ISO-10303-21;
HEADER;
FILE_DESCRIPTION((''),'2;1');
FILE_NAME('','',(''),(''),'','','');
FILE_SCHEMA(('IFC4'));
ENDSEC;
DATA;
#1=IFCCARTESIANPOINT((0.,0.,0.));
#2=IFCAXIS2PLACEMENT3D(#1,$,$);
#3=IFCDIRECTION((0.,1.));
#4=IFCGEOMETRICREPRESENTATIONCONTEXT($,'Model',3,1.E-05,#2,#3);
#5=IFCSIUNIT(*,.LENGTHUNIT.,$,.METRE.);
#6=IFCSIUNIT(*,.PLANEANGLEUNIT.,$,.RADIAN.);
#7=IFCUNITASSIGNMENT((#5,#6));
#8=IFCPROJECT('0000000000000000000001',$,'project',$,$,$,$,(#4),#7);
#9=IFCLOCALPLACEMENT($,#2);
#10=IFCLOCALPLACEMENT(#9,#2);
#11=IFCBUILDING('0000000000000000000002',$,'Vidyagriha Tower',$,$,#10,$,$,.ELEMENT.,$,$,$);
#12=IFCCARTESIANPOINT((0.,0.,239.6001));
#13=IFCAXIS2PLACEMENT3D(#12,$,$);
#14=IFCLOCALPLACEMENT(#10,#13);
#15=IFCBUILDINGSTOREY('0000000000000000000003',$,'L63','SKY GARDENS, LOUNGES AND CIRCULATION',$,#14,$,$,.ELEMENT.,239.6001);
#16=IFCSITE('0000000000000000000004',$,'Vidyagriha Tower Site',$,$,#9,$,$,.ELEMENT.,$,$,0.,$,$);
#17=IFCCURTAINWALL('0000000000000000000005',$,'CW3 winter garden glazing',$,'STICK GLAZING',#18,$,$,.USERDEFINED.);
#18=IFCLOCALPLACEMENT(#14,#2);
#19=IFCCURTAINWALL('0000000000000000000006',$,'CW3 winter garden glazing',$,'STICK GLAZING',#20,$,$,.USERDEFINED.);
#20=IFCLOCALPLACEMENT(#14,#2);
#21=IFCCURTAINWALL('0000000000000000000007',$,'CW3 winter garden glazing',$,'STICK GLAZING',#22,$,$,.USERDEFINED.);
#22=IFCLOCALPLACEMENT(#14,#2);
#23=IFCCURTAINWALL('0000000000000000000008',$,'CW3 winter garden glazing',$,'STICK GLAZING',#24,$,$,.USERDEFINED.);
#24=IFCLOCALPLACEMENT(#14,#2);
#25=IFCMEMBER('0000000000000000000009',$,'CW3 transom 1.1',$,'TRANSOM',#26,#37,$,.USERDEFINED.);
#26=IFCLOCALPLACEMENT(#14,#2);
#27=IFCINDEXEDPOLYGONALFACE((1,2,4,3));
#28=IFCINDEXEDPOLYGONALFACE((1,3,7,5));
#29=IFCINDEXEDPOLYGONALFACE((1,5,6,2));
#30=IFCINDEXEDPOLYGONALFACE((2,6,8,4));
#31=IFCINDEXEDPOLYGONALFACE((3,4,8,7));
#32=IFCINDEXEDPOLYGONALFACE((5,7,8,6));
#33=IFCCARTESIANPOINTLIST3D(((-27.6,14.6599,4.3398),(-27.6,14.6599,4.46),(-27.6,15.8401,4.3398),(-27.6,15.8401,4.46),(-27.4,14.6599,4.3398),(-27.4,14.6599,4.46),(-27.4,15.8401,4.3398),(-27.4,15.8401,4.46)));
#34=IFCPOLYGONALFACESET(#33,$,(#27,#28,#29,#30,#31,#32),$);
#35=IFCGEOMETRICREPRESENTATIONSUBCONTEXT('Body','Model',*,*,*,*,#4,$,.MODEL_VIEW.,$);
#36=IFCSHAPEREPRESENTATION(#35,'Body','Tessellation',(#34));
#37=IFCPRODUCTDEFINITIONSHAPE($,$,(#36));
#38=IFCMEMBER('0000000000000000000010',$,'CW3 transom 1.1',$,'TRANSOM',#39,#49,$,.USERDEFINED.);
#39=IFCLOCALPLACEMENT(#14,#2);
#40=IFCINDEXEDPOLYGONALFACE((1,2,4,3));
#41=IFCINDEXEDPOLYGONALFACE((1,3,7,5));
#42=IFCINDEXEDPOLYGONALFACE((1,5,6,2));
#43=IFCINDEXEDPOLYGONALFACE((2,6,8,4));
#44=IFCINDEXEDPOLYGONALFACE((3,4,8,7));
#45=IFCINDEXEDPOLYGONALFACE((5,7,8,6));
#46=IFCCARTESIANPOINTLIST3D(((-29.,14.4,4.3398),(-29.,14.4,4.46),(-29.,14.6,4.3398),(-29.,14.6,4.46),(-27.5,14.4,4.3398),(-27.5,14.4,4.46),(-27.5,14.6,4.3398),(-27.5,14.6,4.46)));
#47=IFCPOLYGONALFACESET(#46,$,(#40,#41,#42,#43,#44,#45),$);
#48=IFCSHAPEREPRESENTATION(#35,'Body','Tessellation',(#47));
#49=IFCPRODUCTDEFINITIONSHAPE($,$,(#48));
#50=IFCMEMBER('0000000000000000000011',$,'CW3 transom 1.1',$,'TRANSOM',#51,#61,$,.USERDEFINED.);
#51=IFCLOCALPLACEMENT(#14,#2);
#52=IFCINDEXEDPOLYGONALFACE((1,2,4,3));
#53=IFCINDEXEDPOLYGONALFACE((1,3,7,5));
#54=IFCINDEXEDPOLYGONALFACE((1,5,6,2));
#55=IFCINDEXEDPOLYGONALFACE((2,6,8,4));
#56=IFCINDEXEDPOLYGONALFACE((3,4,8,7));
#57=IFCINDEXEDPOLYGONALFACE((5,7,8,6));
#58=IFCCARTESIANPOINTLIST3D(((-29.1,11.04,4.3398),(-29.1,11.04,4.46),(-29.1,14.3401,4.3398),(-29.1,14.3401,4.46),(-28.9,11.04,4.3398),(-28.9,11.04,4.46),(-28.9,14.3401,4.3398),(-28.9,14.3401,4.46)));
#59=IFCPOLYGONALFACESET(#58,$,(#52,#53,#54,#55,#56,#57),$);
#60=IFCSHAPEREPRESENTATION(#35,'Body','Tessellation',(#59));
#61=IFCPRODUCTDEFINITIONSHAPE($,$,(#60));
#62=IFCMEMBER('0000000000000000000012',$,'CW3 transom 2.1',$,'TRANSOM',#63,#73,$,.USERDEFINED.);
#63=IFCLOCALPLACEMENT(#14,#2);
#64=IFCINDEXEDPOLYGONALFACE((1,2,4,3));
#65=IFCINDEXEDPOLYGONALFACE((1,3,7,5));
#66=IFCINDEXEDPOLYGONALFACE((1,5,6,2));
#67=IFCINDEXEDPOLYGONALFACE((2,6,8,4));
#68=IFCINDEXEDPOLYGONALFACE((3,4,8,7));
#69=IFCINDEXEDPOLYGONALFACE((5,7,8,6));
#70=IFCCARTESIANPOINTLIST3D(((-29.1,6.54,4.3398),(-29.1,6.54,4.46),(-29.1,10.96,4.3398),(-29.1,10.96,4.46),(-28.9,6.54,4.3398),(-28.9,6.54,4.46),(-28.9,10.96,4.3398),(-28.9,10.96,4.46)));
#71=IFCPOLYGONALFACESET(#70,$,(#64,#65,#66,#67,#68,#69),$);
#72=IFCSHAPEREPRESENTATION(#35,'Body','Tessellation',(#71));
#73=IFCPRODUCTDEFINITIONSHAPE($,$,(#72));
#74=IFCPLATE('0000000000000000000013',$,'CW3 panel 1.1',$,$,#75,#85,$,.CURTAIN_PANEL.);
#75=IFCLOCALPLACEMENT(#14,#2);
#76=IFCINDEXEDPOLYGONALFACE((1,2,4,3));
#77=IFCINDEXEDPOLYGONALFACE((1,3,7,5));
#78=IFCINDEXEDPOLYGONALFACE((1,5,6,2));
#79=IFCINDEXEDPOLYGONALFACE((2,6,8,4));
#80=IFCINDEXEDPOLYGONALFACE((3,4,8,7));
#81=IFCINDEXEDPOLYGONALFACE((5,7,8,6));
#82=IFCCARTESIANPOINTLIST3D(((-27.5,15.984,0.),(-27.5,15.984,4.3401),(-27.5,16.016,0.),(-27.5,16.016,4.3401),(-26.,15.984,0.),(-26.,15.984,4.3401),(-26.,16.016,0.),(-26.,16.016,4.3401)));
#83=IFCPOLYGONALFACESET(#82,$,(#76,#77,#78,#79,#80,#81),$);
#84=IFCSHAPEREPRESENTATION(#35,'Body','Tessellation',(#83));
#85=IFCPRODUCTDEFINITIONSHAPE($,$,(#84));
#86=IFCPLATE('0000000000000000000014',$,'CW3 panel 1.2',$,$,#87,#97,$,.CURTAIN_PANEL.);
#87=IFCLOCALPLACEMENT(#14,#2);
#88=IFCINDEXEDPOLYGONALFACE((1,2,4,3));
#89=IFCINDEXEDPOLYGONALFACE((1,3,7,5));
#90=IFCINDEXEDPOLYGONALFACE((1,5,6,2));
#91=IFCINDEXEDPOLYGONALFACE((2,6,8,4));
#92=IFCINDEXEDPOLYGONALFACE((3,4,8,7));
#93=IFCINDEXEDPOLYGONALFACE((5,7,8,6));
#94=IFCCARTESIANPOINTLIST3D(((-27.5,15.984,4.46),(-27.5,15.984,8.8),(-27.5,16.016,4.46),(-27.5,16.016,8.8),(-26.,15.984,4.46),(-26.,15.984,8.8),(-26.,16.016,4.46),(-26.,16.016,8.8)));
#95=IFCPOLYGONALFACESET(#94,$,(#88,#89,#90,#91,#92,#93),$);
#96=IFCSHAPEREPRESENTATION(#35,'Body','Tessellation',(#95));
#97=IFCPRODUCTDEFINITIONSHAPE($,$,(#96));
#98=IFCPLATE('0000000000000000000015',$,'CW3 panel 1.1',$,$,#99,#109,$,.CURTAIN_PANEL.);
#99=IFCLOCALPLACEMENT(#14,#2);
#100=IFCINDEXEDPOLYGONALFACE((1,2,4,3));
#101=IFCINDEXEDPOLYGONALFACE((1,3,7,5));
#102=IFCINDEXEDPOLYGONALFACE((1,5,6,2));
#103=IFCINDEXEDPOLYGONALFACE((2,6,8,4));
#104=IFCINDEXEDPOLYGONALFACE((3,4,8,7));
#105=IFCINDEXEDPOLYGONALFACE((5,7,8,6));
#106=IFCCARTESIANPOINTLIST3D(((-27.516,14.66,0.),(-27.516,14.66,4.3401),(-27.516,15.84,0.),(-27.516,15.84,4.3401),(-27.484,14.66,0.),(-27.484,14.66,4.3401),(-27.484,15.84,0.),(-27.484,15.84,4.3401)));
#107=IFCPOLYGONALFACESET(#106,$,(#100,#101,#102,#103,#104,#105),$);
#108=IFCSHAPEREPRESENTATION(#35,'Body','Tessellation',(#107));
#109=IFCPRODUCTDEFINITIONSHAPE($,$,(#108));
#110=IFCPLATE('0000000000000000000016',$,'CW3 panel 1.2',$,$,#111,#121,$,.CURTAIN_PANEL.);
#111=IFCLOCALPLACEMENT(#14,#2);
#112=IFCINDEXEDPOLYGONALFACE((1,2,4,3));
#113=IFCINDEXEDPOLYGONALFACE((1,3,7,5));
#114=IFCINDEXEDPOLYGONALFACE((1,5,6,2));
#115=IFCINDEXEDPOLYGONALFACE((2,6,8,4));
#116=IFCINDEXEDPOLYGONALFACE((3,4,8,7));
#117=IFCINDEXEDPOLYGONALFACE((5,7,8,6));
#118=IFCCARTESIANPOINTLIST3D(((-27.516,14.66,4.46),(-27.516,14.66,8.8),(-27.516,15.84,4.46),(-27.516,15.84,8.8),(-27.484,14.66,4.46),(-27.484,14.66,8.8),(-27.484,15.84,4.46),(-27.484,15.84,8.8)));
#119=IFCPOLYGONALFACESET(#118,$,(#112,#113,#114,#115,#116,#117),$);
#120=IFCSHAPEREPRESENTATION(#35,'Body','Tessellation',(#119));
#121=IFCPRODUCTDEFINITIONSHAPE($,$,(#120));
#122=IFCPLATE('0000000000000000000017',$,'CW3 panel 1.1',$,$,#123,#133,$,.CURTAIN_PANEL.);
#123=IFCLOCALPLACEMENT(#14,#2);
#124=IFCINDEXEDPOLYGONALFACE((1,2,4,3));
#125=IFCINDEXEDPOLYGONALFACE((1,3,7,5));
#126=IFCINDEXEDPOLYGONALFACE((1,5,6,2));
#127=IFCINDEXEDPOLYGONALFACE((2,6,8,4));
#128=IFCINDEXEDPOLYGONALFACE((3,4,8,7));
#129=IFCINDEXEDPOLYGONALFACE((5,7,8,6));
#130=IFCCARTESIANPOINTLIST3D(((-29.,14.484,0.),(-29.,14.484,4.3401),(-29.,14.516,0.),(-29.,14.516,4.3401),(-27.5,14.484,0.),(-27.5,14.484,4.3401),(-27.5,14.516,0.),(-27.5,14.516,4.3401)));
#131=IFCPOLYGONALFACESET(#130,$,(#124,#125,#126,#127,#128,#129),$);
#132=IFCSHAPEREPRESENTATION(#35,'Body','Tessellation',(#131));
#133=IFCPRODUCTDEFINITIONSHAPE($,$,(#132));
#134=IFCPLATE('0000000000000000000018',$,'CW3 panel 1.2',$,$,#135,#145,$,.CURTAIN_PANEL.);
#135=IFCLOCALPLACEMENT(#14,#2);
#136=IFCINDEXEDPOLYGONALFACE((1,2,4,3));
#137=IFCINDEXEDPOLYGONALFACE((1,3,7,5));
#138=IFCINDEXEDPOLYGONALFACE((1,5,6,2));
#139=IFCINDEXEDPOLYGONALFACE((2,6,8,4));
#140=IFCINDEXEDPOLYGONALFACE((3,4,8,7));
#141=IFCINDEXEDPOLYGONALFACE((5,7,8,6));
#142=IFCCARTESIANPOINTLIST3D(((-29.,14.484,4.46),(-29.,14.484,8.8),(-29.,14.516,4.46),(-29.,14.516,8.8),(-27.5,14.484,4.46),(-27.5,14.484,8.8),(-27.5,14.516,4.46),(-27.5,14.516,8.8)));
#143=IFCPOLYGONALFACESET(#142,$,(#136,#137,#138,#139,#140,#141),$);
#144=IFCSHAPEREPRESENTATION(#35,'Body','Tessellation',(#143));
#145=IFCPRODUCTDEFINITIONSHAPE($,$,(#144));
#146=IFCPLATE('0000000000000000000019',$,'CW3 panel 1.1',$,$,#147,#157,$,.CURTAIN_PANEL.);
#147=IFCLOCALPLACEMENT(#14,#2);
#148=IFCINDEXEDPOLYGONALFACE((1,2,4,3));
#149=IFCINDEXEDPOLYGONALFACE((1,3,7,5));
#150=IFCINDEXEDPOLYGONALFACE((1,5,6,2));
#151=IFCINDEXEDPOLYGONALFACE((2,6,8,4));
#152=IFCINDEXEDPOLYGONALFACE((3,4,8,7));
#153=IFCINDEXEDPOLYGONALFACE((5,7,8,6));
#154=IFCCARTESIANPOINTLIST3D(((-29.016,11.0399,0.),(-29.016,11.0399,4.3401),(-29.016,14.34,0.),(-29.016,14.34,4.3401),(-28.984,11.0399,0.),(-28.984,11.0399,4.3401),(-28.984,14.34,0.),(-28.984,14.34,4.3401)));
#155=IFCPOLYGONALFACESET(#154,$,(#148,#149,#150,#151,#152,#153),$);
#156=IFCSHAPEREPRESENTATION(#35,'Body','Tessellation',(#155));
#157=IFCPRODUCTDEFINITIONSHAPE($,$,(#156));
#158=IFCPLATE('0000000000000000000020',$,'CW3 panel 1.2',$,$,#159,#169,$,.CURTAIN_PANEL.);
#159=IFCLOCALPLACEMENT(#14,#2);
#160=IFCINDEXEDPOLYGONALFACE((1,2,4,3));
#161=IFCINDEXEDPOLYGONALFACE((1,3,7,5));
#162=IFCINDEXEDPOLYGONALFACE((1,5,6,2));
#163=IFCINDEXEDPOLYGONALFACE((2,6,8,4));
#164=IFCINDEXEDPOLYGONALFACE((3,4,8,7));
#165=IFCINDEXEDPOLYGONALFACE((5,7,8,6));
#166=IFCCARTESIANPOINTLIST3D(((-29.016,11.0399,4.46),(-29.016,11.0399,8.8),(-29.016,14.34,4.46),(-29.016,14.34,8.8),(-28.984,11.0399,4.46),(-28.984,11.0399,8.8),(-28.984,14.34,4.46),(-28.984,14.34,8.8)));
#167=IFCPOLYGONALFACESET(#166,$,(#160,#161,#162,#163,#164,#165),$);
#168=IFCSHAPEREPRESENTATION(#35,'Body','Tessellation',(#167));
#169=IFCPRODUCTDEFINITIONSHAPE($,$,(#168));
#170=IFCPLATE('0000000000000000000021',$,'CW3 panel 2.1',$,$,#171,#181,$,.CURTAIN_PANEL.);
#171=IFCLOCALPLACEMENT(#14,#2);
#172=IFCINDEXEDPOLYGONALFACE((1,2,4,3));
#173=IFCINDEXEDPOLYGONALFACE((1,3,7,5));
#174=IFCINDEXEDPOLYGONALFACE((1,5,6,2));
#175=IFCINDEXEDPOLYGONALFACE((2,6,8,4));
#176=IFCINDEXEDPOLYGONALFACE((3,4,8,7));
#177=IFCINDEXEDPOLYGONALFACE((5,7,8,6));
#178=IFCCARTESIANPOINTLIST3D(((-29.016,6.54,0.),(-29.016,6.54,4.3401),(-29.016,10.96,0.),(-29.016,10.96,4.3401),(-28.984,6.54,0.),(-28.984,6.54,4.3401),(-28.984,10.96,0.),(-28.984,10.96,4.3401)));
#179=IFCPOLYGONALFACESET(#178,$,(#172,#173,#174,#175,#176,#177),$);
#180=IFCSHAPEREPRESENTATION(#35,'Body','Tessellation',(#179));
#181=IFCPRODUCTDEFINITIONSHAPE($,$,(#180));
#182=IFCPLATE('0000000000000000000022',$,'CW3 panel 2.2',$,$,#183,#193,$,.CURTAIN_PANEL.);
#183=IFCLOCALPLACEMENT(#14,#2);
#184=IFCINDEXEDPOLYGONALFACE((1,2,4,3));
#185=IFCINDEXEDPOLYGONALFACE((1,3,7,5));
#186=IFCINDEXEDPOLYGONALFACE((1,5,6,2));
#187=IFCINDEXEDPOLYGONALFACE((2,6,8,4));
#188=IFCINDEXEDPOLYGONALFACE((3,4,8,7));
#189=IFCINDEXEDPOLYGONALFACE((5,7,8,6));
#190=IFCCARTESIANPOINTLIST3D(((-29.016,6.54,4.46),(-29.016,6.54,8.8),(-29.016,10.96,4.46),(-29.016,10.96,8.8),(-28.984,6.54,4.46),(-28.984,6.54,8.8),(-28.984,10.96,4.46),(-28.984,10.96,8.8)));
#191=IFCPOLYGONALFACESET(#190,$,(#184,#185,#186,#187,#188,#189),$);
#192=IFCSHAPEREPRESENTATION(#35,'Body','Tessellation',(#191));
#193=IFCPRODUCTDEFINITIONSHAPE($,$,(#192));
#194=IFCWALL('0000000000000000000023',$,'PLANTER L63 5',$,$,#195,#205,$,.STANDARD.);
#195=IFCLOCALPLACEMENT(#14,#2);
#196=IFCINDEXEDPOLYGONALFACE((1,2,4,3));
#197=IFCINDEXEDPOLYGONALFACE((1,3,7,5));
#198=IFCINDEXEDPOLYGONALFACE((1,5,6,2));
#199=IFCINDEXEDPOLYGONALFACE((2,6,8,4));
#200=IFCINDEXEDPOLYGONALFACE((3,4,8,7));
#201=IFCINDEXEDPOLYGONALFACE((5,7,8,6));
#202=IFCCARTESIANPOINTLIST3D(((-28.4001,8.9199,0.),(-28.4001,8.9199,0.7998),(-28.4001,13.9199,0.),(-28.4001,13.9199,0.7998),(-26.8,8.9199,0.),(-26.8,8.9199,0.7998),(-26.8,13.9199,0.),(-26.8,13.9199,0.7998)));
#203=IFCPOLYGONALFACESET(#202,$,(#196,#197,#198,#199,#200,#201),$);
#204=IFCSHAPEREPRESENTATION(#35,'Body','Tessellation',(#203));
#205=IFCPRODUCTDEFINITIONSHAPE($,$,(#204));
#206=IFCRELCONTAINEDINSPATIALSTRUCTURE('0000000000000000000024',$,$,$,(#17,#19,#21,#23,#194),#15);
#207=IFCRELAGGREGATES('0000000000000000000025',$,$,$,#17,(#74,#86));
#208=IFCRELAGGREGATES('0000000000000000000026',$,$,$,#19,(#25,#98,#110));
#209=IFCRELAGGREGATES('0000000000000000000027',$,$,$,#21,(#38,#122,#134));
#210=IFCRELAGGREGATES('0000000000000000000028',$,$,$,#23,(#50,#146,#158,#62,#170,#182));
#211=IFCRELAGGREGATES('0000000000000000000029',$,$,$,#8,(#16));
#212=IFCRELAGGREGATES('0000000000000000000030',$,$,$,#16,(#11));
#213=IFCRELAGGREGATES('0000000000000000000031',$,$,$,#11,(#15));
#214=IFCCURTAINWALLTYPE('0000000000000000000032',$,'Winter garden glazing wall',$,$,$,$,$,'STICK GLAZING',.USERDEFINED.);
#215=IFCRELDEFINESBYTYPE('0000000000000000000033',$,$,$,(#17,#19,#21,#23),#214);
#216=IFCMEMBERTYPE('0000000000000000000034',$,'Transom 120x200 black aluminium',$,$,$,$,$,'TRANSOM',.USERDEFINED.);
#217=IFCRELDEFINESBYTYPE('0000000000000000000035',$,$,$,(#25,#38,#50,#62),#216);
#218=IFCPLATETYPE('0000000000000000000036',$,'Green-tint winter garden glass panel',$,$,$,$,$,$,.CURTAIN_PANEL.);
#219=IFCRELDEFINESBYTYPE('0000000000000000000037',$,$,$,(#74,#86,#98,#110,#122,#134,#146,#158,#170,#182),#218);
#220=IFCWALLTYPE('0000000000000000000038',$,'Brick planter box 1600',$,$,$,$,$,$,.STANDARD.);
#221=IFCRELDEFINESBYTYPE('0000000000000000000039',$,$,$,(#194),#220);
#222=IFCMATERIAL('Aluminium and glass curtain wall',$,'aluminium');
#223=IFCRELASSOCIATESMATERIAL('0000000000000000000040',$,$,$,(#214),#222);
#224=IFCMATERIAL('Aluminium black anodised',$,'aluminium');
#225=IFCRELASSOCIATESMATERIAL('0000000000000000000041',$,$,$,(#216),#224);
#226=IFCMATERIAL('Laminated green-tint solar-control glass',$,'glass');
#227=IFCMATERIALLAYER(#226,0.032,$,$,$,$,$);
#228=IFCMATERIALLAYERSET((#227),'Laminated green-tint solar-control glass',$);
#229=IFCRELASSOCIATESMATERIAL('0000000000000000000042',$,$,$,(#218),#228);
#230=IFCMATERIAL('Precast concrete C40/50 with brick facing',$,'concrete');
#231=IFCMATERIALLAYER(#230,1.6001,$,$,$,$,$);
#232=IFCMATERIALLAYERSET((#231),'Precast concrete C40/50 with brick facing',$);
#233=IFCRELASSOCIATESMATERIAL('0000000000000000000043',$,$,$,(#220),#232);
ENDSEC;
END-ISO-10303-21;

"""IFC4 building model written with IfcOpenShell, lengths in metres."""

from ifc_helpers import new_model, si_unit, direction, frame, frame_2d, origin, origin_2d, place, context, subcontext, project, spatial, rectangle, extrude, material, layer, layer_set, material_profile, profile_set, type_object, element, aggregate, save


model = new_model("IFC4")

# Units and contexts
model_context = context("Model", 3, precision=1e-05, world=origin(), true_north=direction((0.0, 1.0)))
body_context = subcontext(model_context, "Body", "Model", "MODEL_VIEW")
ifc_project = project(units=[si_unit("LENGTHUNIT", "METRE"), si_unit("PLANEANGLEUNIT", "RADIAN")], contexts=[model_context])

# Site, building, storey
site_placement = place(None, origin())
site = spatial("IfcSite", under=ifc_project, at=site_placement, Name="Vidyagriha Tower Site", CompositionType="ELEMENT", RefElevation=0.0)
building_placement = place(site_placement, origin())
building = spatial("IfcBuilding", under=site, at=building_placement, Name="Vidyagriha Tower", CompositionType="ELEMENT")
storey_placement = place(building_placement, frame((0.0, 0.0, 239.6001)))
storey = spatial("IfcBuildingStorey", under=building, at=storey_placement, Name="L63", Description="SKY GARDENS, LOUNGES AND CIRCULATION", CompositionType="ELEMENT", Elevation=239.6001)

# Curtain wall
ifc_material_1 = material(Name="Aluminium and glass curtain wall", Category="aluminium")
curtain_wall_type = type_object("IfcCurtainWallType", Name="Winter garden glazing wall", ElementType="STICK GLAZING", PredefinedType="USERDEFINED", material=ifc_material_1)
curtain_wall_1_placement = place(storey_placement, origin())
curtain_wall_1 = element("IfcCurtainWall", 1, at=curtain_wall_1_placement, inside=storey, type_object=curtain_wall_type, Name="CW3 winter garden glazing", ObjectType="STICK GLAZING", PredefinedType="USERDEFINED")

# Curtain walls
curtain_wall_2_placement = place(storey_placement, origin())
curtain_wall_2 = element("IfcCurtainWall", 2, at=curtain_wall_2_placement, inside=storey, type_object=curtain_wall_type, Name="CW3 winter garden glazing", ObjectType="STICK GLAZING", PredefinedType="USERDEFINED")
curtain_wall_3_placement = place(storey_placement, origin())
curtain_wall_3 = element("IfcCurtainWall", 3, at=curtain_wall_3_placement, inside=storey, type_object=curtain_wall_type, Name="CW3 winter garden glazing", ObjectType="STICK GLAZING", PredefinedType="USERDEFINED")
curtain_wall_4_placement = place(storey_placement, origin())
curtain_wall_4 = element("IfcCurtainWall", 4, at=curtain_wall_4_placement, inside=storey, type_object=curtain_wall_type, Name="CW3 winter garden glazing", ObjectType="STICK GLAZING", PredefinedType="USERDEFINED")

# Members
ifc_material_2 = material(Name="Aluminium black anodised", Category="aluminium")
ifc_material_profile_1 = material_profile(ifc_material_2, rectangle(XDim=0.2, YDim=0.1201, at=origin_2d()), Name="Transom 120x200 black aluminium")
ifc_profile_set_1 = profile_set([ifc_material_profile_1], Name="Aluminium black anodised")
member_type_1 = type_object("IfcMemberType", Name="Transom 120x200 black aluminium", ElementType="TRANSOM", PredefinedType="USERDEFINED", material=ifc_profile_set_1)
member_1_placement = place(storey_placement, frame((-27.5, 15.8401, 4.3999), z_axis=(0.0, -1.0, 0.0), x_axis=(1.0, 0.0, 0.0)))
member_1 = element("IfcMember", 5, at=member_1_placement, type_object=member_type_1, Name="CW3 transom 1.1", ObjectType="TRANSOM", PredefinedType="USERDEFINED", context=body_context, shape_type="SweptSolid", body=[
    extrude(rectangle(XDim=0.2, YDim=0.1201, at=origin_2d()), origin(), (0.0, 0.0, 1.0), 1.1802),
])
member_2_placement = place(storey_placement, frame((-27.5, 14.5, 4.3999), z_axis=(-1.0, 0.0, 0.0), x_axis=(0.0, -1.0, 0.0)))
member_2 = element("IfcMember", 6, at=member_2_placement, type_object=member_type_1, Name="CW3 transom 1.1", ObjectType="TRANSOM", PredefinedType="USERDEFINED", context=body_context, shape_type="SweptSolid", body=[
    extrude(rectangle(XDim=0.2, YDim=0.1201, at=origin_2d()), origin(), (0.0, 0.0, 1.0), 1.5),
])
member_3_placement = place(storey_placement, frame((-29.0, 14.3401, 4.3999), z_axis=(0.0, -1.0, 0.0), x_axis=(1.0, 0.0, 0.0)))
member_3 = element("IfcMember", 7, at=member_3_placement, type_object=member_type_1, Name="CW3 transom 1.1", ObjectType="TRANSOM", PredefinedType="USERDEFINED", context=body_context, shape_type="SweptSolid", body=[
    extrude(rectangle(XDim=0.2, YDim=0.1201, at=origin_2d()), origin(), (0.0, 0.0, 1.0), 3.3),
])
member_4_placement = place(storey_placement, frame((-29.0, 10.96, 4.3999), z_axis=(0.0, -1.0, 0.0), x_axis=(1.0, 0.0, 0.0)))
member_4 = element("IfcMember", 8, at=member_4_placement, type_object=member_type_1, Name="CW3 transom 2.1", ObjectType="TRANSOM", PredefinedType="USERDEFINED", context=body_context, shape_type="SweptSolid", body=[
    extrude(rectangle(XDim=0.2, YDim=0.1201, at=origin_2d()), origin(), (0.0, 0.0, 1.0), 4.4199),
])

# Plates
ifc_material_3 = material(Name="Laminated green-tint solar-control glass", Category="glass")
ifc_layer_1 = layer(ifc_material_3, 0.032)
ifc_layer_set_1 = layer_set([ifc_layer_1], Name="Laminated green-tint solar-control glass")
plate_type = type_object("IfcPlateType", Name="Green-tint winter garden glass panel", PredefinedType="CURTAIN_PANEL", material=ifc_layer_set_1)
plate_1_placement = place(storey_placement, frame((-26.75, 16.0, 0.0), z_axis=(0.0, 0.0, 1.0), x_axis=(-1.0, 0.0, 0.0)))
plate_1 = element("IfcPlate", 9, at=plate_1_placement, type_object=plate_type, Name="CW3 panel 1.1", PredefinedType="CURTAIN_PANEL", context=body_context, shape_type="SweptSolid", body=[
    extrude(rectangle(XDim=1.5, YDim=0.032, at=origin_2d()), origin(), (0.0, 0.0, 1.0), 4.3401),
])
plate_2_placement = place(storey_placement, frame((-26.75, 16.0, 4.46), z_axis=(0.0, 0.0, 1.0), x_axis=(-1.0, 0.0, 0.0)))
plate_2 = element("IfcPlate", 10, at=plate_2_placement, type_object=plate_type, Name="CW3 panel 1.2", PredefinedType="CURTAIN_PANEL", context=body_context, shape_type="SweptSolid", body=[
    extrude(rectangle(XDim=1.5, YDim=0.032, at=origin_2d()), origin(), (0.0, 0.0, 1.0), 4.3401),
])
aggregate(curtain_wall_1, [plate_1, plate_2])
plate_3_placement = place(storey_placement, frame((-27.5, 15.25, 0.0), z_axis=(0.0, 0.0, 1.0), x_axis=(0.0, -1.0, 0.0)))
plate_3 = element("IfcPlate", 11, at=plate_3_placement, type_object=plate_type, Name="CW3 panel 1.1", PredefinedType="CURTAIN_PANEL", context=body_context, shape_type="SweptSolid", body=[
    extrude(rectangle(XDim=1.1799, YDim=0.032, at=origin_2d()), origin(), (0.0, 0.0, 1.0), 4.3401),
])
plate_4_placement = place(storey_placement, frame((-27.5, 15.25, 4.46), z_axis=(0.0, 0.0, 1.0), x_axis=(0.0, -1.0, 0.0)))
plate_4 = element("IfcPlate", 12, at=plate_4_placement, type_object=plate_type, Name="CW3 panel 1.2", PredefinedType="CURTAIN_PANEL", context=body_context, shape_type="SweptSolid", body=[
    extrude(rectangle(XDim=1.1799, YDim=0.032, at=origin_2d()), origin(), (0.0, 0.0, 1.0), 4.3401),
])
aggregate(curtain_wall_2, [member_1, plate_3, plate_4])
plate_5_placement = place(storey_placement, frame((-28.25, 14.5, 0.0), z_axis=(0.0, 0.0, 1.0), x_axis=(-1.0, 0.0, 0.0)))
plate_5 = element("IfcPlate", 13, at=plate_5_placement, type_object=plate_type, Name="CW3 panel 1.1", PredefinedType="CURTAIN_PANEL", context=body_context, shape_type="SweptSolid", body=[
    extrude(rectangle(XDim=1.5, YDim=0.032, at=origin_2d()), origin(), (0.0, 0.0, 1.0), 4.3401),
])
plate_6_placement = place(storey_placement, frame((-28.25, 14.5, 4.46), z_axis=(0.0, 0.0, 1.0), x_axis=(-1.0, 0.0, 0.0)))
plate_6 = element("IfcPlate", 14, at=plate_6_placement, type_object=plate_type, Name="CW3 panel 1.2", PredefinedType="CURTAIN_PANEL", context=body_context, shape_type="SweptSolid", body=[
    extrude(rectangle(XDim=1.5, YDim=0.032, at=origin_2d()), origin(), (0.0, 0.0, 1.0), 4.3401),
])
aggregate(curtain_wall_3, [member_2, plate_5, plate_6])
plate_7_placement = place(storey_placement, frame((-29.0, 12.6899, 0.0), z_axis=(0.0, 0.0, 1.0), x_axis=(0.0, -1.0, 0.0)))
plate_7 = element("IfcPlate", 15, at=plate_7_placement, type_object=plate_type, Name="CW3 panel 1.1", PredefinedType="CURTAIN_PANEL", context=body_context, shape_type="SweptSolid", body=[
    extrude(rectangle(XDim=3.3, YDim=0.032, at=origin_2d()), origin(), (0.0, 0.0, 1.0), 4.3401),
])
plate_8_placement = place(storey_placement, frame((-29.0, 12.6899, 4.46), z_axis=(0.0, 0.0, 1.0), x_axis=(0.0, -1.0, 0.0)))
plate_8 = element("IfcPlate", 16, at=plate_8_placement, type_object=plate_type, Name="CW3 panel 1.2", PredefinedType="CURTAIN_PANEL", context=body_context, shape_type="SweptSolid", body=[
    extrude(rectangle(XDim=3.3, YDim=0.032, at=origin_2d()), origin(), (0.0, 0.0, 1.0), 4.3401),
])
plate_9_placement = place(storey_placement, frame((-29.0, 8.75, 0.0), z_axis=(0.0, 0.0, 1.0), x_axis=(0.0, -1.0, 0.0)))
plate_9 = element("IfcPlate", 17, at=plate_9_placement, type_object=plate_type, Name="CW3 panel 2.1", PredefinedType="CURTAIN_PANEL", context=body_context, shape_type="SweptSolid", body=[
    extrude(rectangle(XDim=4.4199, YDim=0.032, at=origin_2d()), origin(), (0.0, 0.0, 1.0), 4.3401),
])
plate_10_placement = place(storey_placement, frame((-29.0, 8.75, 4.46), z_axis=(0.0, 0.0, 1.0), x_axis=(0.0, -1.0, 0.0)))
plate_10 = element("IfcPlate", 18, at=plate_10_placement, type_object=plate_type, Name="CW3 panel 2.2", PredefinedType="CURTAIN_PANEL", context=body_context, shape_type="SweptSolid", body=[
    extrude(rectangle(XDim=4.4199, YDim=0.032, at=origin_2d()), origin(), (0.0, 0.0, 1.0), 4.3401),
])
aggregate(curtain_wall_4, [member_3, plate_7, plate_8, member_4, plate_9, plate_10])

# Wall
ifc_material_4 = material(Name="Precast concrete C40/50 with brick facing", Category="concrete")
ifc_layer_2 = layer(ifc_material_4, 1.6001)
ifc_layer_set_2 = layer_set([ifc_layer_2], Name="Precast concrete C40/50 with brick facing")
wall_type = type_object("IfcWallType", Name="Brick planter box 1600", PredefinedType="STANDARD", material=ifc_layer_set_2)
for number, where, z_axis, x_axis, name in (
    (19, (-27.6001, 13.9199, 0.0), (0.0, 0.0, 1.0), (0.0, -1.0, 0.0), "PLANTER L63 5"),
):
    element("IfcWall", number, at=place(storey_placement, frame(where, z_axis=z_axis, x_axis=x_axis)), inside=storey, type_object=wall_type, Name=name, PredefinedType="STANDARD", context=body_context, shape_type="SweptSolid", body=[
        extrude(rectangle(XDim=5.0, YDim=1.6001, at=frame_2d((2.5, 0.0))), origin(), (0.0, 0.0, 1.0), 0.7998),
    ])

save(model, "model.ifc")
